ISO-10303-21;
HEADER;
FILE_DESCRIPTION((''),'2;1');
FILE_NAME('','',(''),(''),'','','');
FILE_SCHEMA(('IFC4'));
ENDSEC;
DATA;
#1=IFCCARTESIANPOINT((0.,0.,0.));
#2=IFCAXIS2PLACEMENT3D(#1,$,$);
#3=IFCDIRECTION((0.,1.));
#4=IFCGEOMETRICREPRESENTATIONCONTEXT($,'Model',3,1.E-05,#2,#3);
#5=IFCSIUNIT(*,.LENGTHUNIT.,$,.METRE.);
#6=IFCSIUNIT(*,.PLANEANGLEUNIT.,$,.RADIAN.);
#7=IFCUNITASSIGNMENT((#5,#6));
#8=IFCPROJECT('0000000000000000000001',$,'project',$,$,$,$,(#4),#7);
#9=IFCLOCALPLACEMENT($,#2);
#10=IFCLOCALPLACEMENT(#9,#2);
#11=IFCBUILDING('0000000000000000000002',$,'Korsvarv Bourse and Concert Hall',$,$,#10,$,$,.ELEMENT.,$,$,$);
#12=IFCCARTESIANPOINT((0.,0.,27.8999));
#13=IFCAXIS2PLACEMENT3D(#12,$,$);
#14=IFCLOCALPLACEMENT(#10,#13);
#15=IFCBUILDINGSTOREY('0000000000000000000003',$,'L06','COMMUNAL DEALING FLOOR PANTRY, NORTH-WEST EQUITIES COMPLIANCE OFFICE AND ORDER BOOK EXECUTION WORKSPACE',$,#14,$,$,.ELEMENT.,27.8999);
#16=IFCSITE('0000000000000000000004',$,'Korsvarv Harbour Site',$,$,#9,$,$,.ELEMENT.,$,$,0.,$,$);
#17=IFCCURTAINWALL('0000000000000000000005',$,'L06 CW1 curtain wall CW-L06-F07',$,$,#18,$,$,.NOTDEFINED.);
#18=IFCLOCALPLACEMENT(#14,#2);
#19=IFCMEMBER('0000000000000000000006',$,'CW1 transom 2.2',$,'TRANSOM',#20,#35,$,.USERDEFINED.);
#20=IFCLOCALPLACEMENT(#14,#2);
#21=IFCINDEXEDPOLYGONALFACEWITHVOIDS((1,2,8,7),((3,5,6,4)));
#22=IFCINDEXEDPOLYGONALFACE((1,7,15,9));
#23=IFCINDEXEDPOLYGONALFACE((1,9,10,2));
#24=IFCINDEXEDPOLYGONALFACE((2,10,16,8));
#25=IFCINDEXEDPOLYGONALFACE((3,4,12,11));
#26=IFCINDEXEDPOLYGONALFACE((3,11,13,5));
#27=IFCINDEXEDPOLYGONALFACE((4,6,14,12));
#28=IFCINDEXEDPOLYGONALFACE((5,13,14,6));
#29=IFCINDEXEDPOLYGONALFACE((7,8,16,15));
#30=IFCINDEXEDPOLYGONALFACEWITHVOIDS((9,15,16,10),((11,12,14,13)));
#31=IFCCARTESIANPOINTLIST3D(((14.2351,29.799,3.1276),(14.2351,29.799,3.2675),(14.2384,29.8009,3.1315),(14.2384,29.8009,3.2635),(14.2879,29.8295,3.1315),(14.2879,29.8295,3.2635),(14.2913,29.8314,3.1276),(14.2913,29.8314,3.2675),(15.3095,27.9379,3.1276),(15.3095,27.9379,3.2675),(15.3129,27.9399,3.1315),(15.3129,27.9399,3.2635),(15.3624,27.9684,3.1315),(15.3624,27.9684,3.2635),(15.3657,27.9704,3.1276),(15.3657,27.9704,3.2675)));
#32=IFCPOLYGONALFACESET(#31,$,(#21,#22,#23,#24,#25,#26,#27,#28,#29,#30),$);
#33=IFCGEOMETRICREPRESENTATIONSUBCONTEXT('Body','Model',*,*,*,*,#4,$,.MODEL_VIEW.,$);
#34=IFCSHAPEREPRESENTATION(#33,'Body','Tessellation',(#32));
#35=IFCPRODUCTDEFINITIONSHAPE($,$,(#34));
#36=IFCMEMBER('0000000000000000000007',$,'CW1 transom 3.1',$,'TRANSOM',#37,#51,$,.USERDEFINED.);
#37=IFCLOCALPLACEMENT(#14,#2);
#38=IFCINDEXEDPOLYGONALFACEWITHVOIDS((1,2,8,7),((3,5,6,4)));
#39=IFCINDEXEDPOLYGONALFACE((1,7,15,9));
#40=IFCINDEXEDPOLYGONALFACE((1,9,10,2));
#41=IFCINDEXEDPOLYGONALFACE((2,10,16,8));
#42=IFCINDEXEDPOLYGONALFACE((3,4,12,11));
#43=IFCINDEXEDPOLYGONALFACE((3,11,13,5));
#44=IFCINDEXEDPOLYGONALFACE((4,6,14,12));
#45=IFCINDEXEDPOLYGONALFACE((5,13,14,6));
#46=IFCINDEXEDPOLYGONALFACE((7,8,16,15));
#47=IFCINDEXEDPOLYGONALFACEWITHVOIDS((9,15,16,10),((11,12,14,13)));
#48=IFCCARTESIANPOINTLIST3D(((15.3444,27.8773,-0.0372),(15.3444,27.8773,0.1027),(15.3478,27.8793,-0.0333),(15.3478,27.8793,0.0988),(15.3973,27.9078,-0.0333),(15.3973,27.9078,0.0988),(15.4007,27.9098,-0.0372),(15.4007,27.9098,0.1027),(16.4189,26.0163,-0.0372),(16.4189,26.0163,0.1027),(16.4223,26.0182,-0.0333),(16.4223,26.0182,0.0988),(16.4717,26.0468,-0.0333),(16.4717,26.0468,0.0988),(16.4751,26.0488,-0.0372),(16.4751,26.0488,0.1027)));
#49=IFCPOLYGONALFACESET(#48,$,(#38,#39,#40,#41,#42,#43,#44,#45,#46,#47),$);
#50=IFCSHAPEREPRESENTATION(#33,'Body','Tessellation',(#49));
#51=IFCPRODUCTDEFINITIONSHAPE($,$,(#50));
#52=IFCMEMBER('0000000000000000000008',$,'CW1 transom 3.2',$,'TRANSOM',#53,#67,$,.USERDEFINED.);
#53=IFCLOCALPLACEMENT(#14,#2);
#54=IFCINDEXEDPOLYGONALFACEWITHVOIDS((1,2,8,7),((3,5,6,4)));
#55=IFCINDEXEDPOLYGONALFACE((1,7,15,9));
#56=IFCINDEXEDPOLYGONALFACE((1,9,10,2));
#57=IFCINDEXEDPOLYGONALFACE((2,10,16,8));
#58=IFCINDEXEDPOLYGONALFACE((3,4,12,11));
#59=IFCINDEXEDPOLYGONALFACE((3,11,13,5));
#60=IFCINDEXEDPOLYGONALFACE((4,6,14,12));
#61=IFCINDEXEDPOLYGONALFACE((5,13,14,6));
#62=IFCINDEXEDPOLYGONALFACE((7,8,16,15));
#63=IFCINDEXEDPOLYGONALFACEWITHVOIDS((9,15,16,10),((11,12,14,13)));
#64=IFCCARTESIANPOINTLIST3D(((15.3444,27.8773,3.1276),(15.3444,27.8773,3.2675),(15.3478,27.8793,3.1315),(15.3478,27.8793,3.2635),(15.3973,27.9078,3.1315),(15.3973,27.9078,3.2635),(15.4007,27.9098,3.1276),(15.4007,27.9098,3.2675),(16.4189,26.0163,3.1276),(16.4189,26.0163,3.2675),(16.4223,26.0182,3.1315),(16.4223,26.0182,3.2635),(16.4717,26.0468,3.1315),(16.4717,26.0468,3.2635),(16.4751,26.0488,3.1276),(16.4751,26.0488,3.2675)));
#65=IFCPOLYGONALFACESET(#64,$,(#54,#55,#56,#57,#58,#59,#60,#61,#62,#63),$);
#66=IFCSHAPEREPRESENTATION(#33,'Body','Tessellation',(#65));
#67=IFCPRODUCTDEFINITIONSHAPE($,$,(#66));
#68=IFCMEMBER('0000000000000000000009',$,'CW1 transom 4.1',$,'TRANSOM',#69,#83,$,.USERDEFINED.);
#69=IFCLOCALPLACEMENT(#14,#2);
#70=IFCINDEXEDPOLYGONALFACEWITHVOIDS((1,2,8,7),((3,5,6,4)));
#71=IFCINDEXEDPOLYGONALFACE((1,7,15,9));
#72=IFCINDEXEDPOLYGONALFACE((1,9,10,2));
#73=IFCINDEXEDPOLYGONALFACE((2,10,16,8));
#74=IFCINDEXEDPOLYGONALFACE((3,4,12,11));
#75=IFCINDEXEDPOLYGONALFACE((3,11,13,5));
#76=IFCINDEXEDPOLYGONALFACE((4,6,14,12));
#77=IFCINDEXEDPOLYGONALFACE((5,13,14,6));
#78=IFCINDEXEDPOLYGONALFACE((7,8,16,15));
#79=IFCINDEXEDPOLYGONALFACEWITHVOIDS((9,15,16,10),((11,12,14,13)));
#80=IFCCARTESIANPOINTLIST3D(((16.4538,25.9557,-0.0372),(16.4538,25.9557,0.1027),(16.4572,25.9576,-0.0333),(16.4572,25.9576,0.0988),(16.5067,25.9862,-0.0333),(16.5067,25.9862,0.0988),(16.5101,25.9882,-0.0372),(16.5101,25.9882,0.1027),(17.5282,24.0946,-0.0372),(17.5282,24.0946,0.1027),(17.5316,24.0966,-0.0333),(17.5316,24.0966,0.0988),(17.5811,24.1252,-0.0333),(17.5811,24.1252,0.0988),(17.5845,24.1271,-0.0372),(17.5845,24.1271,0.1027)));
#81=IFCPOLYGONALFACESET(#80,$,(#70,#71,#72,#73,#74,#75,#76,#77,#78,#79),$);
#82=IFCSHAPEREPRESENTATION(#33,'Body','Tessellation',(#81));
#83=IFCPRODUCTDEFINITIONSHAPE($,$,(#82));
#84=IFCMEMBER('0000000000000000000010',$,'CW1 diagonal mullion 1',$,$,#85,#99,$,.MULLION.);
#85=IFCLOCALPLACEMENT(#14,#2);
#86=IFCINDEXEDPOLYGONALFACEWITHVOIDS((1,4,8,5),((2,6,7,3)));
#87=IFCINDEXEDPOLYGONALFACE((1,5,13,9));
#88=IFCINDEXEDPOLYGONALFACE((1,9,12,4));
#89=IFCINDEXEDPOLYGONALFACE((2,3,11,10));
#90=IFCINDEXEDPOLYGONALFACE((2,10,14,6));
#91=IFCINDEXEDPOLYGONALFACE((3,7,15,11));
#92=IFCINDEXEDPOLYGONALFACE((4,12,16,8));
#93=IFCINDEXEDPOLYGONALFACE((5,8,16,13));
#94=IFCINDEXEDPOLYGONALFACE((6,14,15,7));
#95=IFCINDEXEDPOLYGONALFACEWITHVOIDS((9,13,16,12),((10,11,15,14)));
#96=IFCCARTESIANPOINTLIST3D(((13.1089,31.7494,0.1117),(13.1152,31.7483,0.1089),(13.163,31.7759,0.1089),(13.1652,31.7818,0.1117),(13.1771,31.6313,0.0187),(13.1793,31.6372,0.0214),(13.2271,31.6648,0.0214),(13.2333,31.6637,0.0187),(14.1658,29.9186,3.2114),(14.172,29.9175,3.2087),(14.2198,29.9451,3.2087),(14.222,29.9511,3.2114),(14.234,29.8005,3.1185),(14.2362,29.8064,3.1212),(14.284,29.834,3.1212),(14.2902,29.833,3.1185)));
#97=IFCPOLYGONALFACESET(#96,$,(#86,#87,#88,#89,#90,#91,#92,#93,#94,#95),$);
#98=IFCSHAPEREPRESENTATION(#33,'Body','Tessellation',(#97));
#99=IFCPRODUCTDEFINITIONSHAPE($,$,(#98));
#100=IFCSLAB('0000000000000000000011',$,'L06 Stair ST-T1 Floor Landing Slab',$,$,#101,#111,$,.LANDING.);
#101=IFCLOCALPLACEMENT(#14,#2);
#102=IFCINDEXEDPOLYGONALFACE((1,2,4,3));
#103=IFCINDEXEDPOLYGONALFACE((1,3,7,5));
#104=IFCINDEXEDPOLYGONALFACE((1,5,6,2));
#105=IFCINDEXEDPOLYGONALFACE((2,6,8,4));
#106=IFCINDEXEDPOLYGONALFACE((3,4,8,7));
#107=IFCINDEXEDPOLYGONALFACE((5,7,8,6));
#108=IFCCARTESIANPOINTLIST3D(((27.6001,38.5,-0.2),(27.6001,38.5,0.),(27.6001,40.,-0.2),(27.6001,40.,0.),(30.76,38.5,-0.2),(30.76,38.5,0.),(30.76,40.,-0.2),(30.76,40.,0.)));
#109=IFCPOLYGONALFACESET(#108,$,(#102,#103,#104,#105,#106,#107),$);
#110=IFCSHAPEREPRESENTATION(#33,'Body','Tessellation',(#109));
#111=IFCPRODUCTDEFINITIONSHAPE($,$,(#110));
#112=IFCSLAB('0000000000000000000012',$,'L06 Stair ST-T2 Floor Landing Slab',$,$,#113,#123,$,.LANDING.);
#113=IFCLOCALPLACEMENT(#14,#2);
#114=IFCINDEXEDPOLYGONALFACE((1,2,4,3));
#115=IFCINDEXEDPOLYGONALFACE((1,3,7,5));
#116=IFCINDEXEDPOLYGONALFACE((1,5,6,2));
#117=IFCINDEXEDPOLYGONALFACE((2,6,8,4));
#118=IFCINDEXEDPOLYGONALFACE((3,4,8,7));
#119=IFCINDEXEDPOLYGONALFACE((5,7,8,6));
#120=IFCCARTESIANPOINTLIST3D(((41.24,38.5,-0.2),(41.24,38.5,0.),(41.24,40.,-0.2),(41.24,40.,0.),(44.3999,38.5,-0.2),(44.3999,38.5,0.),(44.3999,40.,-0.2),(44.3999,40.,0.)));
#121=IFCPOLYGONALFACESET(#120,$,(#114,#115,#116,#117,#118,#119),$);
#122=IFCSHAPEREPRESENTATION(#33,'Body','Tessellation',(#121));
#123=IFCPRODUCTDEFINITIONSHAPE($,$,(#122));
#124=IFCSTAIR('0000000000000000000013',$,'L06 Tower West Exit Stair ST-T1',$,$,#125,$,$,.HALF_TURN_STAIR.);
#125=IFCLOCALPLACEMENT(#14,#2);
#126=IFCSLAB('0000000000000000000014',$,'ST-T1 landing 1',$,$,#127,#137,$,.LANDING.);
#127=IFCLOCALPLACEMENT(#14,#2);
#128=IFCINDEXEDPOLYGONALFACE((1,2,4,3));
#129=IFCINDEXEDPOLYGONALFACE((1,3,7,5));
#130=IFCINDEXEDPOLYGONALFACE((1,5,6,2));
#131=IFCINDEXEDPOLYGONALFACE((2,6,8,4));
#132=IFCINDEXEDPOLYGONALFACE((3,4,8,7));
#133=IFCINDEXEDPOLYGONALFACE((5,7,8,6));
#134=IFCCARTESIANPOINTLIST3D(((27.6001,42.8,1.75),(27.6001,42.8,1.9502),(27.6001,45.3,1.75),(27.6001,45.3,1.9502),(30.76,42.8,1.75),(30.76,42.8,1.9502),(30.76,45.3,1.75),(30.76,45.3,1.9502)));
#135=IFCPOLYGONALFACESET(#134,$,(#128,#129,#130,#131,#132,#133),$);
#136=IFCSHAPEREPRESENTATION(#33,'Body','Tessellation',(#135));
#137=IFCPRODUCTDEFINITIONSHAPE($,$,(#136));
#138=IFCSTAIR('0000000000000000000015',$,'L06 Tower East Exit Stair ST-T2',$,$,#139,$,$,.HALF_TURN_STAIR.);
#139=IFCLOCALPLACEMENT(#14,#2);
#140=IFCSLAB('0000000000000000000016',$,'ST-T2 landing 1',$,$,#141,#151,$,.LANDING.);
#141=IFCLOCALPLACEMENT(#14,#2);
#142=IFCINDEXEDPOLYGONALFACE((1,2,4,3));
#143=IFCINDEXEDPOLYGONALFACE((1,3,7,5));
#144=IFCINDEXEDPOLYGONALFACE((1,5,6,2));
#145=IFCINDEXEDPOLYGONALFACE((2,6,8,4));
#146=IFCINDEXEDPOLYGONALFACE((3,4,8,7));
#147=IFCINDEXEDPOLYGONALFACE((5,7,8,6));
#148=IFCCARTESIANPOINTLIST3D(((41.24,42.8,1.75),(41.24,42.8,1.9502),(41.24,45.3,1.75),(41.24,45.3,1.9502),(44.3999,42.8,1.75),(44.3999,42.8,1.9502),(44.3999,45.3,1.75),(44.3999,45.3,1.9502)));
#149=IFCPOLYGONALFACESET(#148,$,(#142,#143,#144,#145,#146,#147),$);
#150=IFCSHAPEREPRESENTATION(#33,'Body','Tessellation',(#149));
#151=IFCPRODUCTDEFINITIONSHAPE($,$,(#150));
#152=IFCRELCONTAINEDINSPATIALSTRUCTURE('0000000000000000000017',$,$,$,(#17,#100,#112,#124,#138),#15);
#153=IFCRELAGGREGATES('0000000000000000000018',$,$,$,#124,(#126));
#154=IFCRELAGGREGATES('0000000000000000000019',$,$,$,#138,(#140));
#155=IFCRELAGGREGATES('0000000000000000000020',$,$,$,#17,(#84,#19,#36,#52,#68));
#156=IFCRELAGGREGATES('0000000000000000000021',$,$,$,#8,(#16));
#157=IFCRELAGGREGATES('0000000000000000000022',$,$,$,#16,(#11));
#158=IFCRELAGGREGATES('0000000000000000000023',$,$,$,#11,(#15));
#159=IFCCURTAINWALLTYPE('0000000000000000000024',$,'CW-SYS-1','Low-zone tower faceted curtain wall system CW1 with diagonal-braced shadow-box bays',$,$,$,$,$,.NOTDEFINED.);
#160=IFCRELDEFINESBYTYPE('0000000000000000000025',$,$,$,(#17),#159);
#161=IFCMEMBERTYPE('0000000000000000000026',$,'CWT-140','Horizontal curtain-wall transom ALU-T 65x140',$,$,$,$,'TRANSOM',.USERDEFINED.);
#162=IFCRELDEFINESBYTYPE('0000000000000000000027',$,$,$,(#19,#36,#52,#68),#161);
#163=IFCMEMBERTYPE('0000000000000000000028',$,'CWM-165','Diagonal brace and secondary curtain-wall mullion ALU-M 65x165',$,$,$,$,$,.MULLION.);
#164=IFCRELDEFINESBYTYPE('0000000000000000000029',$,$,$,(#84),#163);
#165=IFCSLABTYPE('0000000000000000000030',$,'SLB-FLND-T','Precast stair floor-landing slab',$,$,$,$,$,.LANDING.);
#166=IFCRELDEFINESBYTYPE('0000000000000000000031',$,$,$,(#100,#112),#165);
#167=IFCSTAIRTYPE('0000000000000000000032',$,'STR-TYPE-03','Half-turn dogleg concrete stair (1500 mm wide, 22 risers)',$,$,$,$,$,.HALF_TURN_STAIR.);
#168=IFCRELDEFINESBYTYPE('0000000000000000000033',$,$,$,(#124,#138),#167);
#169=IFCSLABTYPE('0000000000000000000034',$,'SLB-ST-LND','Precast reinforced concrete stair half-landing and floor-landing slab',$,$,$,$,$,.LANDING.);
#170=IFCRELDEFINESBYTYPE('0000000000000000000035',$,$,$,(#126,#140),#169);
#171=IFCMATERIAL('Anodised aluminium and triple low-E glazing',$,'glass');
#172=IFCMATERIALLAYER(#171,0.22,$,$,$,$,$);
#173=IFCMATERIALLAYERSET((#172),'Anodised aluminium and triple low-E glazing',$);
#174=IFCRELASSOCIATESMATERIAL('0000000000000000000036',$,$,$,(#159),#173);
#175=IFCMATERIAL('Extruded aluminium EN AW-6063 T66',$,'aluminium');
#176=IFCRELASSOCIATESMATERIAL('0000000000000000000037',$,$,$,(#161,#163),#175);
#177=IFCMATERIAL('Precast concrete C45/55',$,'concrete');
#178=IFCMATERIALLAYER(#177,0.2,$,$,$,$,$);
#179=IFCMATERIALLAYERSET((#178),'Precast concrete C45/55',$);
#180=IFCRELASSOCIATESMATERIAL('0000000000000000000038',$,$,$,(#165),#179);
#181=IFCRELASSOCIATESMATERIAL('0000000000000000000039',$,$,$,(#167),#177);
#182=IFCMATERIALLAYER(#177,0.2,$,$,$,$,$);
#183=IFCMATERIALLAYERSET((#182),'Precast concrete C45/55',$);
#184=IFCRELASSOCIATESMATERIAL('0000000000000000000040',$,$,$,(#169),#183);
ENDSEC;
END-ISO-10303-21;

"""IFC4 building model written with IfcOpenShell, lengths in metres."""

from ifc_helpers import new_model, si_unit, direction, frame, origin, origin_2d, place, context, subcontext, project, spatial, polyline, hollow_rectangle, outline, extrude, source, transform, mapped, material, layer, layer_set, material_profile, profile_set, type_object, element, aggregate, save


model = new_model("IFC4")

# Units and contexts
model_context = context("Model", 3, precision=1e-05, world=origin(), true_north=direction((0.0, 1.0)))
body_context = subcontext(model_context, "Body", "Model", "MODEL_VIEW")
ifc_project = project(units=[si_unit("LENGTHUNIT", "METRE"), si_unit("PLANEANGLEUNIT", "RADIAN")], contexts=[model_context])

# Site, building, storey
site_placement = place(None, origin())
site = spatial("IfcSite", under=ifc_project, at=site_placement, Name="Korsvarv Harbour Site", CompositionType="ELEMENT", RefElevation=0.0)
building_placement = place(site_placement, origin())
building = spatial("IfcBuilding", under=site, at=building_placement, Name="Korsvarv Bourse and Concert Hall", CompositionType="ELEMENT")
storey_placement = place(building_placement, frame((0.0, 0.0, 27.8999)))
storey = spatial("IfcBuildingStorey", under=building, at=storey_placement, Name="L06", Description="COMMUNAL DEALING FLOOR PANTRY, NORTH-WEST EQUITIES COMPLIANCE OFFICE AND ORDER BOOK EXECUTION WORKSPACE", CompositionType="ELEMENT", Elevation=27.8999)

# Curtain wall, members
ifc_material_1 = material(Name="Anodised aluminium and triple low-E glazing", Category="glass")
ifc_layer_1 = layer(ifc_material_1, 0.22)
ifc_layer_set_1 = layer_set([ifc_layer_1], Name="Anodised aluminium and triple low-E glazing")
curtain_wall_type = type_object("IfcCurtainWallType", Name="CW-SYS-1", Description="Low-zone tower faceted curtain wall system CW1 with diagonal-braced shadow-box bays", PredefinedType="NOTDEFINED", material=ifc_layer_set_1)
curtain_wall_placement = place(storey_placement, origin())
curtain_wall = element("IfcCurtainWall", 1, at=curtain_wall_placement, inside=storey, type_object=curtain_wall_type, Name="L06 CW1 curtain wall CW-L06-F07", PredefinedType="NOTDEFINED")
ifc_material_2 = material(Name="Extruded aluminium EN AW-6063 T66", Category="aluminium")
ifc_material_profile_1 = material_profile(ifc_material_2, hollow_rectangle(XDim=0.0649, YDim=0.1399, WallThickness=0.0039, at=origin_2d()), Name="ALU-T 65x140")
ifc_profile_set_1 = profile_set([ifc_material_profile_1], Name="Extruded aluminium EN AW-6063 T66")
member_type_1 = type_object("IfcMemberType", Name="CWT-140", Description="Horizontal curtain-wall transom ALU-T 65x140", ElementType="TRANSOM", PredefinedType="USERDEFINED", material=ifc_profile_set_1)
shared_shape_1 = source(origin(), body_context, "Body", "SweptSolid", [
    extrude(hollow_rectangle(XDim=0.0649, YDim=0.1399, WallThickness=0.0039, at=origin_2d()), origin(), (0.0, 0.0, 1.0), 2.1489),
])
member_1_placement = place(storey_placement, frame((14.2632, 29.8152, 3.1975), z_axis=(0.499988, -0.866032, 0.0), x_axis=(0.866032, 0.499988, 0.0)))
member_1 = element("IfcMember", 2, at=member_1_placement, type_object=member_type_1, Name="CW1 transom 2.2", ObjectType="TRANSOM", PredefinedType="USERDEFINED", context=body_context, shape_type="MappedRepresentation", body=[
    mapped(shared_shape_1, transform((0.0, 0.0, 0.0), scale=1.0)),
])
member_2_placement = place(storey_placement, frame((15.3726, 27.8936, 0.0327), z_axis=(0.499988, -0.866032, 0.0), x_axis=(0.866032, 0.499988, 0.0)))
member_2 = element("IfcMember", 3, at=member_2_placement, type_object=member_type_1, Name="CW1 transom 3.1", ObjectType="TRANSOM", PredefinedType="USERDEFINED", context=body_context, shape_type="MappedRepresentation", body=[
    mapped(shared_shape_1, transform((0.0, 0.0, 0.0), scale=1.0)),
])
member_3_placement = place(storey_placement, frame((15.3726, 27.8936, 3.1975), z_axis=(0.499988, -0.866032, 0.0), x_axis=(0.866032, 0.499988, 0.0)))
member_3 = element("IfcMember", 4, at=member_3_placement, type_object=member_type_1, Name="CW1 transom 3.2", ObjectType="TRANSOM", PredefinedType="USERDEFINED", context=body_context, shape_type="MappedRepresentation", body=[
    mapped(shared_shape_1, transform((0.0, 0.0, 0.0), scale=1.0)),
])
member_4_placement = place(storey_placement, frame((16.4819, 25.9719, 0.0327), z_axis=(0.499988, -0.866032, 0.0), x_axis=(0.866032, 0.499988, 0.0)))
member_4 = element("IfcMember", 5, at=member_4_placement, type_object=member_type_1, Name="CW1 transom 4.1", ObjectType="TRANSOM", PredefinedType="USERDEFINED", context=body_context, shape_type="MappedRepresentation", body=[
    mapped(shared_shape_1, transform((0.0, 0.0, 0.0), scale=1.0)),
])
ifc_material_profile_2 = material_profile(ifc_material_2, hollow_rectangle(XDim=0.0649, YDim=0.165, WallThickness=0.0049, at=origin_2d()), Name="ALU-M 65x165")
ifc_profile_set_2 = profile_set([ifc_material_profile_2], Name="Extruded aluminium EN AW-6063 T66")
member_type_2 = type_object("IfcMemberType", Name="CWM-165", Description="Diagonal brace and secondary curtain-wall mullion ALU-M 65x165", PredefinedType="MULLION", material=ifc_profile_set_2)
shared_shape_2 = source(origin(), body_context, "Body", "SweptSolid", [
    extrude(hollow_rectangle(XDim=0.0649, YDim=0.165, WallThickness=0.0049, at=origin_2d()), origin(), (0.0, 0.0, 1.0), 3.752),
])
member_5_placement = place(storey_placement, frame((13.1711, 31.7065, 0.0652), z_axis=(0.281681, -0.487948, 0.826173), x_axis=(0.866053, 0.499952, 0.0)))
member_5 = element("IfcMember", 6, at=member_5_placement, type_object=member_type_2, Name="CW1 diagonal mullion 1", PredefinedType="MULLION", context=body_context, shape_type="MappedRepresentation", body=[
    mapped(shared_shape_2, transform((0.0, 0.0, 0.0), scale=1.0)),
])

# Slabs
ifc_material_3 = material(Name="Precast concrete C45/55", Category="concrete")
ifc_layer_2 = layer(ifc_material_3, 0.2)
ifc_layer_set_2 = layer_set([ifc_layer_2], Name="Precast concrete C45/55")
slab_type_1 = type_object("IfcSlabType", Name="SLB-FLND-T", Description="Precast stair floor-landing slab", PredefinedType="LANDING", material=ifc_layer_set_2)
slab_1_placement = place(storey_placement, frame((0.0, 0.0, -0.2)))
element("IfcSlab", 7, at=slab_1_placement, inside=storey, type_object=slab_type_1, Name="L06 Stair ST-T1 Floor Landing Slab", PredefinedType="LANDING", context=body_context, shape_type="SweptSolid", body=[
    extrude(outline(polyline([(30.76, 38.5), (30.76, 40.0), (27.6001, 40.0), (27.6001, 38.5), (30.76, 38.5)])), origin(), (0.0, 0.0, 1.0), 0.2),
])
slab_2_placement = place(storey_placement, frame((0.0, 0.0, -0.2)))
element("IfcSlab", 8, at=slab_2_placement, inside=storey, type_object=slab_type_1, Name="L06 Stair ST-T2 Floor Landing Slab", PredefinedType="LANDING", context=body_context, shape_type="SweptSolid", body=[
    extrude(outline(polyline([(44.3999, 38.5), (44.3999, 40.0), (41.24, 40.0), (41.24, 38.5), (44.3999, 38.5)])), origin(), (0.0, 0.0, 1.0), 0.2),
])

# Stairs, slabs
stair_type = type_object("IfcStairType", Name="STR-TYPE-03", Description="Half-turn dogleg concrete stair (1500 mm wide, 22 risers)", PredefinedType="HALF_TURN_STAIR", material=ifc_material_3)
stair_1_placement = place(storey_placement, origin())
stair_1 = element("IfcStair", 9, at=stair_1_placement, inside=storey, type_object=stair_type, Name="L06 Tower West Exit Stair ST-T1", PredefinedType="HALF_TURN_STAIR")
ifc_layer_3 = layer(ifc_material_3, 0.2)
ifc_layer_set_3 = layer_set([ifc_layer_3], Name="Precast concrete C45/55")
slab_type_2 = type_object("IfcSlabType", Name="SLB-ST-LND", Description="Precast reinforced concrete stair half-landing and floor-landing slab", PredefinedType="LANDING", material=ifc_layer_set_3)
slab_3_placement = place(storey_placement, frame((0.0, 0.0, 1.75)))
slab_3 = element("IfcSlab", 10, at=slab_3_placement, type_object=slab_type_2, Name="ST-T1 landing 1", PredefinedType="LANDING", context=body_context, shape_type="SweptSolid", body=[
    extrude(outline(polyline([(30.76, 42.8), (30.76, 45.3), (27.6001, 45.3), (27.6001, 42.8), (30.76, 42.8)])), origin(), (0.0, 0.0, 1.0), 0.2002),
])
aggregate(stair_1, [slab_3])
stair_2_placement = place(storey_placement, origin())
stair_2 = element("IfcStair", 11, at=stair_2_placement, inside=storey, type_object=stair_type, Name="L06 Tower East Exit Stair ST-T2", PredefinedType="HALF_TURN_STAIR")
slab_4_placement = place(storey_placement, frame((0.0, 0.0, 1.75)))
slab_4 = element("IfcSlab", 12, at=slab_4_placement, type_object=slab_type_2, Name="ST-T2 landing 1", PredefinedType="LANDING", context=body_context, shape_type="SweptSolid", body=[
    extrude(outline(polyline([(44.3999, 42.8), (44.3999, 45.3), (41.24, 45.3), (41.24, 42.8), (44.3999, 42.8)])), origin(), (0.0, 0.0, 1.0), 0.2002),
])
aggregate(stair_2, [slab_4])

aggregate(curtain_wall, [member_5, member_1, member_2, member_3, member_4])

save(model, "model.ifc")
